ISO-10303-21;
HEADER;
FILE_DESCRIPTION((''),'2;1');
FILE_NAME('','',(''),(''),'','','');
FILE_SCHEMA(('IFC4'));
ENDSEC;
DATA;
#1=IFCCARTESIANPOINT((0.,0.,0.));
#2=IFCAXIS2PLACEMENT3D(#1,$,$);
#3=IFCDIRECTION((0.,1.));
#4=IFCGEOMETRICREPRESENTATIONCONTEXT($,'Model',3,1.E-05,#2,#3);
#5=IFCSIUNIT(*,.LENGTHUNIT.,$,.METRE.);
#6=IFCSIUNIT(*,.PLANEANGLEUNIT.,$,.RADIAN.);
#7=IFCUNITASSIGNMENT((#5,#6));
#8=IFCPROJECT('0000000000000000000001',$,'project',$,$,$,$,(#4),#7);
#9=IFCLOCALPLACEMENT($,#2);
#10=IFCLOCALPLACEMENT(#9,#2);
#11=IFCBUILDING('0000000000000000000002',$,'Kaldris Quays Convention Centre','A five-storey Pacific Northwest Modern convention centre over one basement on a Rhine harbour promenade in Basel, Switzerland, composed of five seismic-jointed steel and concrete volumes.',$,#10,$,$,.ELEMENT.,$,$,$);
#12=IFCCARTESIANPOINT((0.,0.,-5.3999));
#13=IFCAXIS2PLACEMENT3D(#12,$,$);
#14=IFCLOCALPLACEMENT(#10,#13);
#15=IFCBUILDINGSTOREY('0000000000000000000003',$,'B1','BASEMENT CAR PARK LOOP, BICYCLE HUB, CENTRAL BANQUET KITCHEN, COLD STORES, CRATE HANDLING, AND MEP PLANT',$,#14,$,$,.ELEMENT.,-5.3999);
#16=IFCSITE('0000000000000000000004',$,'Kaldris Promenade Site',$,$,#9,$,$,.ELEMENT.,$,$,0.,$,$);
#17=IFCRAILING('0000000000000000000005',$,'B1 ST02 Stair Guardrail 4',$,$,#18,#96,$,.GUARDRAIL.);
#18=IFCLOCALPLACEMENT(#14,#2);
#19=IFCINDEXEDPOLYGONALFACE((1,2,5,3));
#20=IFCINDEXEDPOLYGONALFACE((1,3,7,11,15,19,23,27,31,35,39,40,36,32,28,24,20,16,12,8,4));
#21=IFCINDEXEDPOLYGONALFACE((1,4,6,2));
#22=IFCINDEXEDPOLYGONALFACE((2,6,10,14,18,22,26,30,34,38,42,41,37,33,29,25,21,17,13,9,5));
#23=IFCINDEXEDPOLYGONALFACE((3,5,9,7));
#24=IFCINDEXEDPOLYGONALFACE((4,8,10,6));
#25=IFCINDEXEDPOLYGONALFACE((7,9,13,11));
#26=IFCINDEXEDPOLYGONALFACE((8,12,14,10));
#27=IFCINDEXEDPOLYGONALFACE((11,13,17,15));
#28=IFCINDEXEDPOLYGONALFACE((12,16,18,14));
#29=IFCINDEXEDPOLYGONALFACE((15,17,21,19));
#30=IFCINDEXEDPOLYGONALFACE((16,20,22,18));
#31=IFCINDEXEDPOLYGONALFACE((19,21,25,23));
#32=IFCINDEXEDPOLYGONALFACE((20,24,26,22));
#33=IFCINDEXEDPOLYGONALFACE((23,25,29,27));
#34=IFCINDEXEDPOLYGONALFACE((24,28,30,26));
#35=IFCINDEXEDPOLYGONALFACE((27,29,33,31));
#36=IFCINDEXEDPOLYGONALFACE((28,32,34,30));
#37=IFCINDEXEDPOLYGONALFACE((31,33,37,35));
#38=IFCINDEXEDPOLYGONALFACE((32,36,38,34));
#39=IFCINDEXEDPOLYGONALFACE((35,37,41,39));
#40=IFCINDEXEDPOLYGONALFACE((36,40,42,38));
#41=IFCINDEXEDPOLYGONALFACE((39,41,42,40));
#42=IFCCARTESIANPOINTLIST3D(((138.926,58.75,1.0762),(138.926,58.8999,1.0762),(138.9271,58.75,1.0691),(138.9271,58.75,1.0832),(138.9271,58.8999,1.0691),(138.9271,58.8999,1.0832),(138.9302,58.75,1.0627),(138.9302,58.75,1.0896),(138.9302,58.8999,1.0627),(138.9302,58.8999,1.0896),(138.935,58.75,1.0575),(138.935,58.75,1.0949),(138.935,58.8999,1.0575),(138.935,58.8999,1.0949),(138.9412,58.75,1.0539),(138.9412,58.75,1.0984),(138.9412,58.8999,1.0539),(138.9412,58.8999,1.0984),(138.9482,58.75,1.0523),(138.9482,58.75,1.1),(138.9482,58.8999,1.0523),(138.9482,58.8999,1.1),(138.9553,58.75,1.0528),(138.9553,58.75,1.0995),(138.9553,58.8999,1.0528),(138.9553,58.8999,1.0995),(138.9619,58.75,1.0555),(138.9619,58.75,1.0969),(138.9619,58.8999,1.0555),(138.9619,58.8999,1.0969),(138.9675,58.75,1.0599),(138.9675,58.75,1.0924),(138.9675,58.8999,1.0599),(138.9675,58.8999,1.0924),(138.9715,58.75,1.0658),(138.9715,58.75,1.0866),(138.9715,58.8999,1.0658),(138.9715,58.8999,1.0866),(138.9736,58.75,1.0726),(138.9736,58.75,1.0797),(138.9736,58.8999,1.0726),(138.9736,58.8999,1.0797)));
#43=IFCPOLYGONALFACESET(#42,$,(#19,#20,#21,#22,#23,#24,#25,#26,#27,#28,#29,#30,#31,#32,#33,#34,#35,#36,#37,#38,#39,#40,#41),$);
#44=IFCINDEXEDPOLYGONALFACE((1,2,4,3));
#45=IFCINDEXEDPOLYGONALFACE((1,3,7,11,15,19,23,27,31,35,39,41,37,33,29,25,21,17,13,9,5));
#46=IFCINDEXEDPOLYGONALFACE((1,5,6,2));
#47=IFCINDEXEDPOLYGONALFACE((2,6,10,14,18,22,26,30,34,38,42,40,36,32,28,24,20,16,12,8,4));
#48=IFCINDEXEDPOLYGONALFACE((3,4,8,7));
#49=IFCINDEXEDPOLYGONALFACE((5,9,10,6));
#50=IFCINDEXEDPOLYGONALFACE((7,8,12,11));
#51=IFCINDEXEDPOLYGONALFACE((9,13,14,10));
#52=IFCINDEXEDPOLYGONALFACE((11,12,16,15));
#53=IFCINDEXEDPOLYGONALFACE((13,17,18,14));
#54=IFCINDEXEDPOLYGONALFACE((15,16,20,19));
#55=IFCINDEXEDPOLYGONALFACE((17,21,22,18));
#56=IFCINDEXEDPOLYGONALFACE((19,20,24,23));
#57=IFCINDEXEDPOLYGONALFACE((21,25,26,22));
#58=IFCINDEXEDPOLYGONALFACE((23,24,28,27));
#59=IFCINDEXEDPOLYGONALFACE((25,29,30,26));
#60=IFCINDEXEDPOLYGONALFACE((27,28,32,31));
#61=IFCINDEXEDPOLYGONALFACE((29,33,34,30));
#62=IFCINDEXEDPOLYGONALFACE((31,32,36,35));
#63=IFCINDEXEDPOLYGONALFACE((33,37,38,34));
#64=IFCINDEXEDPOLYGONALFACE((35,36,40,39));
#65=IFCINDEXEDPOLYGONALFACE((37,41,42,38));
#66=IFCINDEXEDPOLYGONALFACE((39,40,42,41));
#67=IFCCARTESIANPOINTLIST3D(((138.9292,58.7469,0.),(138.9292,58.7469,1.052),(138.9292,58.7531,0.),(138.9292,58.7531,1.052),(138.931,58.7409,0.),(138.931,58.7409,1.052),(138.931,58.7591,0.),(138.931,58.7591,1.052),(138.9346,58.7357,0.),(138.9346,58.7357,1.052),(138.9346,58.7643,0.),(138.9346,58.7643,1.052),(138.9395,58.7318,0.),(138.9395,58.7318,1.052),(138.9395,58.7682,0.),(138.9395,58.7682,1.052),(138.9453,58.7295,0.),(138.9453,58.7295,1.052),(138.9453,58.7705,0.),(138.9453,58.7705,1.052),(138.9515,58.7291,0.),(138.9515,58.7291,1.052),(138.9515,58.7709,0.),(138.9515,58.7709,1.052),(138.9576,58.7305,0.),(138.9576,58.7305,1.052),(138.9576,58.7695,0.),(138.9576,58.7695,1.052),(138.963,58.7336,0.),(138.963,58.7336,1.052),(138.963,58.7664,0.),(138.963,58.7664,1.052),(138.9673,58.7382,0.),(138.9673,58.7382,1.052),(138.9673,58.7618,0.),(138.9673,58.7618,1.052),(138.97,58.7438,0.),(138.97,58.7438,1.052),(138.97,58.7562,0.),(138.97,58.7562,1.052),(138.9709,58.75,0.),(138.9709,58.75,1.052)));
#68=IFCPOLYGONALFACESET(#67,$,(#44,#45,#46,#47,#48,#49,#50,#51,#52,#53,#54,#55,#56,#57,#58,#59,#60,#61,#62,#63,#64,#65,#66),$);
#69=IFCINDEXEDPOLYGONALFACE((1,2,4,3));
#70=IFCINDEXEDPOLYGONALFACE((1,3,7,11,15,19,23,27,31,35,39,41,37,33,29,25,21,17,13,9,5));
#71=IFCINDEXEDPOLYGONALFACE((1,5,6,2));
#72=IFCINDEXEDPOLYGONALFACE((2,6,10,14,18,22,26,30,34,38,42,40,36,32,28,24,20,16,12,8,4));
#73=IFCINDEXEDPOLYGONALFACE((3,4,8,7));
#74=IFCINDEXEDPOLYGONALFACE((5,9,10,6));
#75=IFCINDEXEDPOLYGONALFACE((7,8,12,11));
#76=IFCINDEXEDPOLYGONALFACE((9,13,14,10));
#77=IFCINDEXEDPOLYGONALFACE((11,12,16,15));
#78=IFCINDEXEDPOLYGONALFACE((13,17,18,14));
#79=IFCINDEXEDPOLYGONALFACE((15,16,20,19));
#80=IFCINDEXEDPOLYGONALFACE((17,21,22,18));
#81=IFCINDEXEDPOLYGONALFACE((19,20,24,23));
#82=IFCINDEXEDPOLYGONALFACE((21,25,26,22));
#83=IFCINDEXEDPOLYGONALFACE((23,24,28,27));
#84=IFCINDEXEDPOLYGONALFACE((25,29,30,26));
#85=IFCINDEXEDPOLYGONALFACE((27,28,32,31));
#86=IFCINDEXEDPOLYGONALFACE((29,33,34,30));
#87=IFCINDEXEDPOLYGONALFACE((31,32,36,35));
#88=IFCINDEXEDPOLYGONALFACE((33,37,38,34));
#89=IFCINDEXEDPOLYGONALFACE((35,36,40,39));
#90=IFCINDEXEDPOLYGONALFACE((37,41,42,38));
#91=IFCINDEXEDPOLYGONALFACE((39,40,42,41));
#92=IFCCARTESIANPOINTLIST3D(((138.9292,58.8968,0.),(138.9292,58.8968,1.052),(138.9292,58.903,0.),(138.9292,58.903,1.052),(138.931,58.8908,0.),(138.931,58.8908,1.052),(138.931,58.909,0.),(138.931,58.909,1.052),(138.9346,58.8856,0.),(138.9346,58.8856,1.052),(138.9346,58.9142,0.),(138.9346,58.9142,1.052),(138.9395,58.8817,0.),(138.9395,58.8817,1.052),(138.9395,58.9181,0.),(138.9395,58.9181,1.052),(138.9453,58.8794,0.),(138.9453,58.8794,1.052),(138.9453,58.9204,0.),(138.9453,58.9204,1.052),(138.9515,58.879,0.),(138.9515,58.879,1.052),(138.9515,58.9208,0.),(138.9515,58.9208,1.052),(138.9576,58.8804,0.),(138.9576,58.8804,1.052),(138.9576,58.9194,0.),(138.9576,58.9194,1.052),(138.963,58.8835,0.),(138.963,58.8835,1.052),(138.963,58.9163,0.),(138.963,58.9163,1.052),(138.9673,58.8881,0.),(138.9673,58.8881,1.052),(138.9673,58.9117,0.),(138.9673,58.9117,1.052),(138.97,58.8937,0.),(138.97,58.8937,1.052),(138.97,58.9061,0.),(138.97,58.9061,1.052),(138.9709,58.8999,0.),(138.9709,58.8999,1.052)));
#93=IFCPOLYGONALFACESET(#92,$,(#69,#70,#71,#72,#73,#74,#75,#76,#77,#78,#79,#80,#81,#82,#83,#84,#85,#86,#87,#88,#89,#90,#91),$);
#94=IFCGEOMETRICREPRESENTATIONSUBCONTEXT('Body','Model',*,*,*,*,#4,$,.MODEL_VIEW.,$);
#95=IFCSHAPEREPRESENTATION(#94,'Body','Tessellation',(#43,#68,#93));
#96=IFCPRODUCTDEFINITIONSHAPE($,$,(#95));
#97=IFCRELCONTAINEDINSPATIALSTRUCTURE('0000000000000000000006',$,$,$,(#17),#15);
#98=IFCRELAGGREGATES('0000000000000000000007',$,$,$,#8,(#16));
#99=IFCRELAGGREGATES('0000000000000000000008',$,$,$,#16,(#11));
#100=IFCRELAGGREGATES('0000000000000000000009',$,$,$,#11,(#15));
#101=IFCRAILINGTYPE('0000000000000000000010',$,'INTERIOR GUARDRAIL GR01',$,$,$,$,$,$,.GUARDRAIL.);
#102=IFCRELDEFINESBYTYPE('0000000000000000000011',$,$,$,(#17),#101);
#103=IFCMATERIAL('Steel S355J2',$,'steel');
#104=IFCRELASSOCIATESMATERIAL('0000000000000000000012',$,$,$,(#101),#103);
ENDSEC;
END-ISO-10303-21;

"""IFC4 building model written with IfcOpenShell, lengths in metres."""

from ifc_helpers import new_model, si_unit, direction, frame, origin, origin_2d, place, context, subcontext, project, spatial, circle, extrude, material, type_object, element, save


model = new_model("IFC4")

# Units and contexts
model_context = context("Model", 3, precision=1e-05, world=origin(), true_north=direction((0.0, 1.0)))
body_context = subcontext(model_context, "Body", "Model", "MODEL_VIEW")
ifc_project = project(units=[si_unit("LENGTHUNIT", "METRE"), si_unit("PLANEANGLEUNIT", "RADIAN")], contexts=[model_context])

# Site, building, storey
site_placement = place(None, origin())
site = spatial("IfcSite", under=ifc_project, at=site_placement, Name="Kaldris Promenade Site", CompositionType="ELEMENT", RefElevation=0.0)
building_placement = place(site_placement, origin())
building = spatial("IfcBuilding", under=site, at=building_placement, Name="Kaldris Quays Convention Centre", Description="A five-storey Pacific Northwest Modern convention centre over one basement on a Rhine harbour promenade in Basel, Switzerland, composed of five seismic-jointed steel and concrete volumes.", CompositionType="ELEMENT")
storey_placement = place(building_placement, frame((0.0, 0.0, -5.3999)))
storey = spatial("IfcBuildingStorey", under=building, at=storey_placement, Name="B1", Description="BASEMENT CAR PARK LOOP, BICYCLE HUB, CENTRAL BANQUET KITCHEN, COLD STORES, CRATE HANDLING, AND MEP PLANT", CompositionType="ELEMENT", Elevation=-5.3999)

# Shared definitions
ifc_material_1 = material(Name="Steel S355J2", Category="steel")

# Railing
railing_type_1 = type_object("IfcRailingType", Name="INTERIOR GUARDRAIL GR01", PredefinedType="GUARDRAIL", material=ifc_material_1)
railing_1_placement = place(storey_placement, frame((138.95, 58.75, 0.0)))
element("IfcRailing", 1, at=railing_1_placement, inside=storey, type_object=railing_type_1, Name="B1 ST02 Stair Guardrail 4", PredefinedType="GUARDRAIL", context=body_context, shape_type="SweptSolid", body=[
    extrude(circle(Radius=0.0239, at=origin_2d()), frame((0.0, 0.0, 1.0762), z_axis=(0.0, 1.0, 0.0), x_axis=(-1.0, 0.0, 0.0)), (0.0, 0.0, 1.0), 0.1499),
    extrude(circle(Radius=0.021, at=origin_2d()), origin(), (0.0, 0.0, 1.0), 1.052),
    extrude(circle(Radius=0.021, at=origin_2d()), frame((0.0, 0.1499, 0.0)), (0.0, 0.0, 1.0), 1.052),
])

save(model, "model.ifc")
